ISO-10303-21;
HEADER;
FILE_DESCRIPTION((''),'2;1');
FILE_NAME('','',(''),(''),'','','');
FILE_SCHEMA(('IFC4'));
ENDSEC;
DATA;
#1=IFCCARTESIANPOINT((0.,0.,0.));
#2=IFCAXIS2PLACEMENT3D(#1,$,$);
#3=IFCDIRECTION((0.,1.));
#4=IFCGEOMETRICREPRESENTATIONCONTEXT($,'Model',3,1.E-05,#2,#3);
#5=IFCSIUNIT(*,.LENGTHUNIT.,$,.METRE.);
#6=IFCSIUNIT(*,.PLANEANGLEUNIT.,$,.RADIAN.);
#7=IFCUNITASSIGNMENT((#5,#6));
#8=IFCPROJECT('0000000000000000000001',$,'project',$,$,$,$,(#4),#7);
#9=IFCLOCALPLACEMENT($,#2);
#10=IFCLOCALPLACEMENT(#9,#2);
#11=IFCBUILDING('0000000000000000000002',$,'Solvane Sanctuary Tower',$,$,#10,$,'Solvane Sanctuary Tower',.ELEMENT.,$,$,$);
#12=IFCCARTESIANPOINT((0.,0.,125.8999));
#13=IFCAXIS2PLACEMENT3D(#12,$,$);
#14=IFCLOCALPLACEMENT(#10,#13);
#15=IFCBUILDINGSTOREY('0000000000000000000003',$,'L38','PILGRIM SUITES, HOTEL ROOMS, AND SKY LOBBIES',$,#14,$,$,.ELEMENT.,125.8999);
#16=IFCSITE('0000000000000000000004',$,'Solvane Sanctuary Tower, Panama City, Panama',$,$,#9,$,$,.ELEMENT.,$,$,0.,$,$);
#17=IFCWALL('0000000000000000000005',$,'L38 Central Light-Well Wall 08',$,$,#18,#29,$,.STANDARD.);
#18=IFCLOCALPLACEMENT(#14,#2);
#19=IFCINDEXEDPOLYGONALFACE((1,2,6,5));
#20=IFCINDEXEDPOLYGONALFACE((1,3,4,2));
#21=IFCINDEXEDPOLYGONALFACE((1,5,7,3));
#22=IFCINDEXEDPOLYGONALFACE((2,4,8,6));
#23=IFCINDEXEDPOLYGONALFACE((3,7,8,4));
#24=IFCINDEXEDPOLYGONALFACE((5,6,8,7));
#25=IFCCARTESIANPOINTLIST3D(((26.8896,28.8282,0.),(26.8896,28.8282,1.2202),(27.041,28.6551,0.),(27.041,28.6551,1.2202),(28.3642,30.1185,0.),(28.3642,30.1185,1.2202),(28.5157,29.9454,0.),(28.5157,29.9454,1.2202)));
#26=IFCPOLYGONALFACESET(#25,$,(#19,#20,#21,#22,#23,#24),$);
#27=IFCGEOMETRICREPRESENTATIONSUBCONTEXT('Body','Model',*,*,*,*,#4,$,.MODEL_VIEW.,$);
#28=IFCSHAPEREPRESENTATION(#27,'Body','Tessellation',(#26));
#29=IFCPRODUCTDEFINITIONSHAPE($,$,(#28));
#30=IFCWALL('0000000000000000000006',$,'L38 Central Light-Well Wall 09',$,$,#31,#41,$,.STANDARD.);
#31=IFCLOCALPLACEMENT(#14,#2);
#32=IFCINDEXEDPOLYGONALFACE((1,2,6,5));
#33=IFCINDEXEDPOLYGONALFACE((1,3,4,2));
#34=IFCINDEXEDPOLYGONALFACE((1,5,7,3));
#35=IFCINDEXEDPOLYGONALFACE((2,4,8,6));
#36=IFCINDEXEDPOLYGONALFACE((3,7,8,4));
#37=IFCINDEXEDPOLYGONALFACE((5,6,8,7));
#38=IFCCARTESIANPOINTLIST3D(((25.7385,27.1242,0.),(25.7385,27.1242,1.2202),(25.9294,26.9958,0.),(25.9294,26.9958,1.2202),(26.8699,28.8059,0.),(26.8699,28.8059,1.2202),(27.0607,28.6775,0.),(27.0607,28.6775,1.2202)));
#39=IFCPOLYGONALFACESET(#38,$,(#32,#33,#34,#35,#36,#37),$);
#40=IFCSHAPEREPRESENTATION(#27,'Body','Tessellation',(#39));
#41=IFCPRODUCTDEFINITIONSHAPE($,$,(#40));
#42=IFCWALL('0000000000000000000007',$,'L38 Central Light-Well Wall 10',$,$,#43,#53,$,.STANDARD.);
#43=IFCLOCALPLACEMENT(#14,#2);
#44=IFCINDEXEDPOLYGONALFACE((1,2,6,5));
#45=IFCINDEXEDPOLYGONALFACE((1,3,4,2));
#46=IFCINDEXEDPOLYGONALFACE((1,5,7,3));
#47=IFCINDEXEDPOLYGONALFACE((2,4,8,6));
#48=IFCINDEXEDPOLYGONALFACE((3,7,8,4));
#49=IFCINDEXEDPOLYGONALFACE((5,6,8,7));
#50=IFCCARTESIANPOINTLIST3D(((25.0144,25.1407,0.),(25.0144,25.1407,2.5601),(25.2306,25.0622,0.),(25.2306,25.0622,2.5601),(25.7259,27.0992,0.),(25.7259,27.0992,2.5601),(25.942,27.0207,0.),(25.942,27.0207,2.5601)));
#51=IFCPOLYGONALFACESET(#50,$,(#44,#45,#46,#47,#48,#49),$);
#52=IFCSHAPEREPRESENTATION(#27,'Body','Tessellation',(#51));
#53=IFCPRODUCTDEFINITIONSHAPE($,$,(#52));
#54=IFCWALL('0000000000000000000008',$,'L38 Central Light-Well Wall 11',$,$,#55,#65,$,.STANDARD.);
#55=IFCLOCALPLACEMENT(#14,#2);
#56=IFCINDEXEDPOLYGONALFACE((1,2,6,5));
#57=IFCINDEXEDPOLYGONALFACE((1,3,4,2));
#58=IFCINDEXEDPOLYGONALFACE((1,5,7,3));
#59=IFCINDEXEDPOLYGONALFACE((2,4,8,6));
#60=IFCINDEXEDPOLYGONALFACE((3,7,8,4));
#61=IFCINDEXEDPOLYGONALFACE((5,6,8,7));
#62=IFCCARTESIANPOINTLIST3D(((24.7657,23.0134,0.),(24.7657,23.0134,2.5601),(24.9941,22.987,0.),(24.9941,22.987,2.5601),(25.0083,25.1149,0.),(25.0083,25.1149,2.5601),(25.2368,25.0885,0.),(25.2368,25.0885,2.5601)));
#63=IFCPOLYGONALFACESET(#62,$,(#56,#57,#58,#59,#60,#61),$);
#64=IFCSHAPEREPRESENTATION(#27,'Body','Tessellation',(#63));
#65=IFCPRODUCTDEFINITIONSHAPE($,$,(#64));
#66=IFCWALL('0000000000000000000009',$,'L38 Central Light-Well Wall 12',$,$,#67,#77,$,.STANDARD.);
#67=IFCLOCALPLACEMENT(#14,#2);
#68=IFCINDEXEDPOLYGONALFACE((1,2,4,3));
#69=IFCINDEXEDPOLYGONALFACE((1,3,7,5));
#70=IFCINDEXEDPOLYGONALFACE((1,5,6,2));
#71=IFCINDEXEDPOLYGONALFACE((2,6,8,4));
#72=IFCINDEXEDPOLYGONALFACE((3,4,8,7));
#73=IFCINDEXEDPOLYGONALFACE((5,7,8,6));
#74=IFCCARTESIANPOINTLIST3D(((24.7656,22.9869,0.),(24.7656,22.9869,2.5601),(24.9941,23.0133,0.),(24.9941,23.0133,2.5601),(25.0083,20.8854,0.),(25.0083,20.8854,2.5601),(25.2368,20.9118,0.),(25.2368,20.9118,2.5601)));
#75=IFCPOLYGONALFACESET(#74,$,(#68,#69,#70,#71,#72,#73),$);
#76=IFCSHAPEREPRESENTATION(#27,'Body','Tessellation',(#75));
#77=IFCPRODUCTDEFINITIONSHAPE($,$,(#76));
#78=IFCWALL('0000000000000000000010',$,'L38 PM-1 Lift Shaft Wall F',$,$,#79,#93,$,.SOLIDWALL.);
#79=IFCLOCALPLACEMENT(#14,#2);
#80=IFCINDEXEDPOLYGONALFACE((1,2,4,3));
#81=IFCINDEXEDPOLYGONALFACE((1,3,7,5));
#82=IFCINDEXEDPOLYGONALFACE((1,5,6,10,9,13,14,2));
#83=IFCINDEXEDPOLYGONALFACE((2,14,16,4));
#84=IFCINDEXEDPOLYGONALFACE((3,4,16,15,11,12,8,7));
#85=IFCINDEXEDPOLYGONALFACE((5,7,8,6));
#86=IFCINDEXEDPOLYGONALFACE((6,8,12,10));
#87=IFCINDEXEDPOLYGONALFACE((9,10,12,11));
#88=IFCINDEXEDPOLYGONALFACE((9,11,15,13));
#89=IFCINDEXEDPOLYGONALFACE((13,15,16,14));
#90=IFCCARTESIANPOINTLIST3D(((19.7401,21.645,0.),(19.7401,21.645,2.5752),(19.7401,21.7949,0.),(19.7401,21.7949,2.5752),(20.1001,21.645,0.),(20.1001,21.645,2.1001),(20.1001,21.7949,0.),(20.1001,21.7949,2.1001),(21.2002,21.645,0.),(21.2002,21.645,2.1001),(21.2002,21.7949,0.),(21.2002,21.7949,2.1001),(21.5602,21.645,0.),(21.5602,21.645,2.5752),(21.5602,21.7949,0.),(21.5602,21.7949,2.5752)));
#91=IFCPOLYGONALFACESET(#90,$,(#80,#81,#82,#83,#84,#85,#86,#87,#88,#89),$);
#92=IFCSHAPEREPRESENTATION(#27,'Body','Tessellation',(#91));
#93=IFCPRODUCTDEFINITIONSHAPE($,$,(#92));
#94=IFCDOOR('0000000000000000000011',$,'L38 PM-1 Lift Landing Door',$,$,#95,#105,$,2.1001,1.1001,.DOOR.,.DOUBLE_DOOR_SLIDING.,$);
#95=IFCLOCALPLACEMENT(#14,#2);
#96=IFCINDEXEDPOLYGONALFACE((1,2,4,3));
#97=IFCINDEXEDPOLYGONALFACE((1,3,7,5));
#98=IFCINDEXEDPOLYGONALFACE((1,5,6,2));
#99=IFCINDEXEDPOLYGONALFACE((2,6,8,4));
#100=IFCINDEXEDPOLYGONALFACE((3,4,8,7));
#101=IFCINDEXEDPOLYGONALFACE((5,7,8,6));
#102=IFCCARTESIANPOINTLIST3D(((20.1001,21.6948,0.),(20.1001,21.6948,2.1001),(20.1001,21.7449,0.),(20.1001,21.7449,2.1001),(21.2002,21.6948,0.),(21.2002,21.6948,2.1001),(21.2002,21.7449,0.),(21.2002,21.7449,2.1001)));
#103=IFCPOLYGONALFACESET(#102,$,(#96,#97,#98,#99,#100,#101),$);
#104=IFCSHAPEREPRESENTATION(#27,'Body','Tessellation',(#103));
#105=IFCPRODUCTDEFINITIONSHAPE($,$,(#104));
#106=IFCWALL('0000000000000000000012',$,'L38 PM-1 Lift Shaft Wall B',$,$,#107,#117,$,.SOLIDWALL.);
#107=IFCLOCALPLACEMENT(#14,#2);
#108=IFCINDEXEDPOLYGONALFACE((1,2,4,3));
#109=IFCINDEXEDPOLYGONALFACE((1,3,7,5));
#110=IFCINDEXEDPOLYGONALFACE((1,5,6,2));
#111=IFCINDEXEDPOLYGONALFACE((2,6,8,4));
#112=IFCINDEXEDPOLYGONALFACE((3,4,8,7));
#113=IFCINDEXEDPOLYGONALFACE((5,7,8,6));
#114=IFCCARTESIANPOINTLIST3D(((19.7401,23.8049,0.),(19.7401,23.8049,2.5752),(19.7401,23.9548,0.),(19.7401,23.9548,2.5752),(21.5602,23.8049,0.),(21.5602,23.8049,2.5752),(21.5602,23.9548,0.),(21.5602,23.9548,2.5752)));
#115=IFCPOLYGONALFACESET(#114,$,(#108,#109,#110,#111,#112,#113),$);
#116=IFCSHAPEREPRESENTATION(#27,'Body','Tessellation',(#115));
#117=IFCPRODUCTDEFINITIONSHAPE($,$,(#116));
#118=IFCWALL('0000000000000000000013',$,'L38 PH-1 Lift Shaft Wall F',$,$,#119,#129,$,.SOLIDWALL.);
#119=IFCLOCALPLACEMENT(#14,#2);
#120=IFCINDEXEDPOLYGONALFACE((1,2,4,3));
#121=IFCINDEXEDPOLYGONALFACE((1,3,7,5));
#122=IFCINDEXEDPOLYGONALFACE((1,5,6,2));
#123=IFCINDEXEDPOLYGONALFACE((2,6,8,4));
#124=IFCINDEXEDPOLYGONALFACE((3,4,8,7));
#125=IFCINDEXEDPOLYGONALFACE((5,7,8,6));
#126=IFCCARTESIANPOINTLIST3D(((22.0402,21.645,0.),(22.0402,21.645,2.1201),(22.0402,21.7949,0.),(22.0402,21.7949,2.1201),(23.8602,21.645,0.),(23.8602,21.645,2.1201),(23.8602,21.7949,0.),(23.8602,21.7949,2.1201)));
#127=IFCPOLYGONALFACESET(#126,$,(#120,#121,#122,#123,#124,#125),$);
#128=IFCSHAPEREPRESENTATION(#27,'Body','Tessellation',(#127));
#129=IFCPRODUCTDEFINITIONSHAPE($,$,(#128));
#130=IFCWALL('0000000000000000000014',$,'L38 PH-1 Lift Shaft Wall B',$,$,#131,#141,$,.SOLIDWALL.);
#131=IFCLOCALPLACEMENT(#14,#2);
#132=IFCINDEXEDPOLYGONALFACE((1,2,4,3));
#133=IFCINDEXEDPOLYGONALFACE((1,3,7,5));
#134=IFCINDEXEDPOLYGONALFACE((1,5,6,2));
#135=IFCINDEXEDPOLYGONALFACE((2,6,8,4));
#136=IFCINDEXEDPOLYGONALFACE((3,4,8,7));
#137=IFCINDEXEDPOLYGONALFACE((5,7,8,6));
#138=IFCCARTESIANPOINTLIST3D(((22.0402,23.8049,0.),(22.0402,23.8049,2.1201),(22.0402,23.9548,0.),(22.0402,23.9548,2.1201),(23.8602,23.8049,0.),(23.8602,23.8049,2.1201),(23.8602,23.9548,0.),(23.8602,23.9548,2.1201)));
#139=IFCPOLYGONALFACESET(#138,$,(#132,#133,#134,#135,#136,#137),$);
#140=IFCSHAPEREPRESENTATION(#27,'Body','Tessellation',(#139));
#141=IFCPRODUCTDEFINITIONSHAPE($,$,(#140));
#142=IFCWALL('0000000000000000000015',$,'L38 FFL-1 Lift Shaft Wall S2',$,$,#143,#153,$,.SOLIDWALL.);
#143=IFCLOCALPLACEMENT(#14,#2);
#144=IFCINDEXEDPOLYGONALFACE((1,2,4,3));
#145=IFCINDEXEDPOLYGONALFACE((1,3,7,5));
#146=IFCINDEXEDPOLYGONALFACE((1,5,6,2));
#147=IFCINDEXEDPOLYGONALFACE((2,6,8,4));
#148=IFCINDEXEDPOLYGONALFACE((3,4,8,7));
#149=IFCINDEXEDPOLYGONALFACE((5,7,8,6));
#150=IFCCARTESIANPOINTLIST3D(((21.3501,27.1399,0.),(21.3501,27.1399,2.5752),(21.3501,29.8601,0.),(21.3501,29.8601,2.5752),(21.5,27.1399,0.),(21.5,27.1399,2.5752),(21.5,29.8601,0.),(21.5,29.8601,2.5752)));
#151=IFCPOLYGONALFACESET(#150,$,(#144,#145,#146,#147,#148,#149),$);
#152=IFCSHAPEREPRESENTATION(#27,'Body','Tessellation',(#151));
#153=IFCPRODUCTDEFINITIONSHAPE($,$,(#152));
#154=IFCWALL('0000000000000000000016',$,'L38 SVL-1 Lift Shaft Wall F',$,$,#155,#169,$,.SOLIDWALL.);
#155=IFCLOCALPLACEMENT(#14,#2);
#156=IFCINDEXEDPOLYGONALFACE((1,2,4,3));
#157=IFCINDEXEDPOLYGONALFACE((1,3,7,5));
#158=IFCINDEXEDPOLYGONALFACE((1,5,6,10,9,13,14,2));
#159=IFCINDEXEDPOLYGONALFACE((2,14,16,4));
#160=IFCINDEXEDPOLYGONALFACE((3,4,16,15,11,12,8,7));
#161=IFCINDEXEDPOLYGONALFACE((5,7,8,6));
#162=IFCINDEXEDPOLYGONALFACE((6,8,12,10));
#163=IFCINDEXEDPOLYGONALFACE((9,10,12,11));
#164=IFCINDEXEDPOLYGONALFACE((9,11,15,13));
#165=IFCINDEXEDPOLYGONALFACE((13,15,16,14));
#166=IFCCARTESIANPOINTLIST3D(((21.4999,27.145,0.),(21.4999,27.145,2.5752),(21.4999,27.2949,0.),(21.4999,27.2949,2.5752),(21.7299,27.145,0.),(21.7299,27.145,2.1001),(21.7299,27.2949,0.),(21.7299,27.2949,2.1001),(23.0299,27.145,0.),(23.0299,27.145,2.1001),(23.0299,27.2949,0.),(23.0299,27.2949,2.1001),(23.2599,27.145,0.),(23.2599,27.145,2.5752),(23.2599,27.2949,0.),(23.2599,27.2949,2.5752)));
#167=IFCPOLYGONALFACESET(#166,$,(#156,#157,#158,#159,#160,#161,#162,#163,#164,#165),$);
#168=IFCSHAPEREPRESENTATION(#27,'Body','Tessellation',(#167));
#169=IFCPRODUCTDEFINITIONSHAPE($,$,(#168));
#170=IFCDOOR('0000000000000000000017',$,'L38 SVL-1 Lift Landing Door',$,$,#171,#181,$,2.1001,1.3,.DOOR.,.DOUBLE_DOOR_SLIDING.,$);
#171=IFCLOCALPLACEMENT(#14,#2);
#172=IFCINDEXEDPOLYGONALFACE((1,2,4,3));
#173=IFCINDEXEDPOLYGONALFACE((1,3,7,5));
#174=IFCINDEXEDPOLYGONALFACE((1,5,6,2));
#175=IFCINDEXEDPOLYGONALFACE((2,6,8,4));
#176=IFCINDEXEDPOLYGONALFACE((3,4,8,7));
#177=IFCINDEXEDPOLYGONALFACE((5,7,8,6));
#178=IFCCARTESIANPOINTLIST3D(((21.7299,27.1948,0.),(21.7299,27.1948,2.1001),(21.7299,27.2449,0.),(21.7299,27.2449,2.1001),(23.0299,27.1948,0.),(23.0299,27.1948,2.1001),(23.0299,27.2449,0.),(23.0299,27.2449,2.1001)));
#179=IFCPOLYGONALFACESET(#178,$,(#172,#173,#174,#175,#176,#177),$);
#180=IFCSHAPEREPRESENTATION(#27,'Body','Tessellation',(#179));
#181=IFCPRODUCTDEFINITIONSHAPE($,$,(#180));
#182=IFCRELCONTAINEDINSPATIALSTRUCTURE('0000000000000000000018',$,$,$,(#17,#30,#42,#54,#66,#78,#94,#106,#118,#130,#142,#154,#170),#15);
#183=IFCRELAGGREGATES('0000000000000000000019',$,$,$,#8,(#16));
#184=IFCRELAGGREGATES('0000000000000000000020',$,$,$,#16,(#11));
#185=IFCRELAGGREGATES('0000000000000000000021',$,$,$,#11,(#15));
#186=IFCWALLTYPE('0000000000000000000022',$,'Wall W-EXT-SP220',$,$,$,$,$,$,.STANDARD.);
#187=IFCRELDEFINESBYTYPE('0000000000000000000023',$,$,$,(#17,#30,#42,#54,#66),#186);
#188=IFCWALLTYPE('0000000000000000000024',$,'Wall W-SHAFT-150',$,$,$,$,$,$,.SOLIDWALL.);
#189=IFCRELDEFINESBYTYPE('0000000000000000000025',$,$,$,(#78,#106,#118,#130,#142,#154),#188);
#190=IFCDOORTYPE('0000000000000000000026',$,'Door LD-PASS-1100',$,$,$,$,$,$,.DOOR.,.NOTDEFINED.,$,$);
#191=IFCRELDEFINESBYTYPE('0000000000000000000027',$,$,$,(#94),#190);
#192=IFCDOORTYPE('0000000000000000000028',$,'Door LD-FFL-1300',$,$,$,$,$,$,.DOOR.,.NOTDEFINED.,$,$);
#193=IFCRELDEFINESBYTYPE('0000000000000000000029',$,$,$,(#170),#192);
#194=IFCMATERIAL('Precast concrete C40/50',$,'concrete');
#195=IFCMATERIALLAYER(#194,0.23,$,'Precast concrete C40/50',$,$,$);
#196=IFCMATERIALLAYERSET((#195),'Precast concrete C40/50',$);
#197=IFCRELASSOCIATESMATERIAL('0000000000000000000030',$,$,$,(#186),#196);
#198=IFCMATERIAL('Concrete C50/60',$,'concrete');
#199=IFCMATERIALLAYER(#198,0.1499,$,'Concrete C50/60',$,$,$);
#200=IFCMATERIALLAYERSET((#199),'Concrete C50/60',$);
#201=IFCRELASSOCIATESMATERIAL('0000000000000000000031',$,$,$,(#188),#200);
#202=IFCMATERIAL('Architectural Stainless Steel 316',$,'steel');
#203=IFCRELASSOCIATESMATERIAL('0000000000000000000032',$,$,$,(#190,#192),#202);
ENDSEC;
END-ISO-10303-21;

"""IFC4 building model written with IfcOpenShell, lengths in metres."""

from ifc_helpers import new_model, si_unit, direction, frame, frame_2d, origin, place, context, subcontext, project, spatial, rectangle, extrude, material, layer, layer_set, type_object, element, fill, save


model = new_model("IFC4")

# Units and contexts
model_context = context("Model", 3, precision=1e-05, world=origin(), true_north=direction((0.0, 1.0)))
body_context = subcontext(model_context, "Body", "Model", "MODEL_VIEW")
ifc_project = project(units=[si_unit("LENGTHUNIT", "METRE"), si_unit("PLANEANGLEUNIT", "RADIAN")], contexts=[model_context])

# Site, building, storey
site_placement = place(None, origin())
site = spatial("IfcSite", under=ifc_project, at=site_placement, Name="Solvane Sanctuary Tower, Panama City, Panama", CompositionType="ELEMENT", RefElevation=0.0)
building_placement = place(site_placement, origin())
building = spatial("IfcBuilding", under=site, at=building_placement, Name="Solvane Sanctuary Tower", LongName="Solvane Sanctuary Tower", CompositionType="ELEMENT")
storey_placement = place(building_placement, frame((0.0, 0.0, 125.8999)))
storey = spatial("IfcBuildingStorey", under=building, at=storey_placement, Name="L38", Description="PILGRIM SUITES, HOTEL ROOMS, AND SKY LOBBIES", CompositionType="ELEMENT", Elevation=125.8999)

# Shared definitions
ifc_material_1 = material(Name="Architectural Stainless Steel 316", Category="steel")

# Walls
ifc_material_2 = material(Name="Precast concrete C40/50", Category="concrete")
ifc_layer_1 = layer(ifc_material_2, 0.23, Name="Precast concrete C40/50")
ifc_layer_set_1 = layer_set([ifc_layer_1], Name="Precast concrete C40/50")
wall_type_1 = type_object("IfcWallType", Name="Wall W-EXT-SP220", PredefinedType="STANDARD", material=ifc_layer_set_1)
wall_1_placement = place(storey_placement, frame((28.4399, 30.032, 0.0), z_axis=(0.0, 0.0, 1.0), x_axis=(-0.752577, -0.658505, 0.0)))
element("IfcWall", 1, at=wall_1_placement, inside=storey, type_object=wall_type_1, Name="L38 Central Light-Well Wall 08", PredefinedType="STANDARD", context=body_context, shape_type="SweptSolid", body=[
    extrude(rectangle(XDim=1.9595, YDim=0.23, at=frame_2d((0.9797, 0.0))), origin(), (0.0, 0.0, 1.0), 1.2202),
])
wall_2_placement = place(storey_placement, frame((26.9653, 28.7417, 0.0), z_axis=(0.0, 0.0, 1.0), x_axis=(-0.558198, -0.829708, 0.0)))
element("IfcWall", 2, at=wall_2_placement, inside=storey, type_object=wall_type_1, Name="L38 Central Light-Well Wall 09", PredefinedType="STANDARD", context=body_context, shape_type="SweptSolid", body=[
    extrude(rectangle(XDim=2.0269, YDim=0.23, at=frame_2d((1.0134, 0.0))), origin(), (0.0, 0.0, 1.0), 1.2202),
])
wall_3_placement = place(storey_placement, frame((25.834, 27.0601, 0.0), z_axis=(0.0, 0.0, 1.0), x_axis=(-0.341423, -0.93991, 0.0)))
element("IfcWall", 3, at=wall_3_placement, inside=storey, type_object=wall_type_1, Name="L38 Central Light-Well Wall 10", PredefinedType="STANDARD", context=body_context, shape_type="SweptSolid", body=[
    extrude(rectangle(XDim=2.0837, YDim=0.23, at=frame_2d((1.042, 0.0))), origin(), (0.0, 0.0, 1.0), 2.5601),
])
for number, where, z_axis, x_axis, name in (
    (4, (25.1226, 25.1016, 0.0), (0.0, 0.0, 1.0), (-0.114712, -0.993399, 0.0), "L38 Central Light-Well Wall 11"),
    (5, (24.8799, 23.0, 0.0), (0.0, 0.0, 1.0), (0.114712, -0.993399, 0.0), "L38 Central Light-Well Wall 12"),
):
    element("IfcWall", number, at=place(storey_placement, frame(where, z_axis=z_axis, x_axis=x_axis)), inside=storey, type_object=wall_type_1, Name=name, PredefinedType="STANDARD", context=body_context, shape_type="SweptSolid", body=[
        extrude(rectangle(XDim=2.1155, YDim=0.23, at=frame_2d((1.0576, 0.0))), origin(), (0.0, 0.0, 1.0), 2.5601),
    ])

# Wall, opening, door
ifc_material_3 = material(Name="Concrete C50/60", Category="concrete")
ifc_layer_2 = layer(ifc_material_3, 0.1499, Name="Concrete C50/60")
ifc_layer_set_2 = layer_set([ifc_layer_2], Name="Concrete C50/60")
wall_type_2 = type_object("IfcWallType", Name="Wall W-SHAFT-150", PredefinedType="SOLIDWALL", material=ifc_layer_set_2)
wall_4_placement = place(storey_placement, frame((19.74, 21.72, 0.0), z_axis=(0.0, 0.0, 1.0), x_axis=(1.0, 0.0, 0.0)))
wall_4 = element("IfcWall", 6, at=wall_4_placement, inside=storey, type_object=wall_type_2, Name="L38 PM-1 Lift Shaft Wall F", PredefinedType="SOLIDWALL", context=body_context, shape_type="SweptSolid", body=[
    extrude(rectangle(XDim=1.8201, YDim=0.1499, at=frame_2d((0.9102, 0.0))), origin(), (0.0, 0.0, 1.0), 2.5752),
])
opening_1_placement = place(wall_4_placement, frame((0.3601, 0.0, 0.0)))
opening_1 = element("IfcOpeningElement", 7, at=opening_1_placement, cuts=wall_4, PredefinedType="OPENING", context=body_context, shape_type="SweptSolid", body=[
    extrude(rectangle(XDim=1.1001, YDim=2.1001, at=frame_2d((0.55, 1.05))), frame((0.0, 0.085, 0.0), z_axis=(0.0, -1.0, 0.0), x_axis=(1.0, 0.0, 0.0)), (0.0, 0.0, 1.0), 0.1699),
])
door_type_1 = type_object("IfcDoorType", Name="Door LD-PASS-1100", OperationType="NOTDEFINED", PredefinedType="DOOR", material=ifc_material_1)
door_1_placement = place(opening_1_placement, origin())
door_1 = element("IfcDoor", 8, at=door_1_placement, inside=storey, type_object=door_type_1, Name="L38 PM-1 Lift Landing Door", OperationType="DOUBLE_DOOR_SLIDING", OverallHeight=2.1001, OverallWidth=1.1001, PredefinedType="DOOR", context=body_context, shape_type="SweptSolid", body=[
    extrude(rectangle(XDim=1.1001, YDim=2.1001, at=frame_2d((0.55, 1.05))), frame((0.0, 0.0249, 0.0), z_axis=(0.0, -1.0, 0.0), x_axis=(1.0, 0.0, 0.0)), (0.0, 0.0, 1.0), 0.05),
])
fill(opening_1, door_1)

# Walls
wall_5_placement = place(storey_placement, frame((19.74, 23.8799, 0.0), z_axis=(0.0, 0.0, 1.0), x_axis=(1.0, 0.0, 0.0)))
element("IfcWall", 9, at=wall_5_placement, inside=storey, type_object=wall_type_2, Name="L38 PM-1 Lift Shaft Wall B", PredefinedType="SOLIDWALL", context=body_context, shape_type="SweptSolid", body=[
    extrude(rectangle(XDim=1.8201, YDim=0.1499, at=frame_2d((0.9102, 0.0))), origin(), (0.0, 0.0, 1.0), 2.5752),
])
for number, where, z_axis, x_axis, name in (
    (10, (22.04, 21.72, 0.0), (0.0, 0.0, 1.0), (1.0, 0.0, 0.0), "L38 PH-1 Lift Shaft Wall F"),
    (11, (22.04, 23.8799, 0.0), (0.0, 0.0, 1.0), (1.0, 0.0, 0.0), "L38 PH-1 Lift Shaft Wall B"),
):
    element("IfcWall", number, at=place(storey_placement, frame(where, z_axis=z_axis, x_axis=x_axis)), inside=storey, type_object=wall_type_2, Name=name, PredefinedType="SOLIDWALL", context=body_context, shape_type="SweptSolid", body=[
        extrude(rectangle(XDim=1.8201, YDim=0.1499, at=frame_2d((0.9102, 0.0))), origin(), (0.0, 0.0, 1.0), 2.1201),
    ])
wall_6_placement = place(storey_placement, frame((21.425, 27.1399, 0.0), z_axis=(0.0, 0.0, 1.0), x_axis=(0.0, 1.0, 0.0)))
element("IfcWall", 12, at=wall_6_placement, inside=storey, type_object=wall_type_2, Name="L38 FFL-1 Lift Shaft Wall S2", PredefinedType="SOLIDWALL", context=body_context, shape_type="SweptSolid", body=[
    extrude(rectangle(XDim=2.7202, YDim=0.1499, at=frame_2d((1.3601, 0.0))), origin(), (0.0, 0.0, 1.0), 2.5752),
])

# Wall, opening, door
wall_7_placement = place(storey_placement, frame((21.5, 27.22, 0.0), z_axis=(0.0, 0.0, 1.0), x_axis=(1.0, 0.0, 0.0)))
wall_7 = element("IfcWall", 13, at=wall_7_placement, inside=storey, type_object=wall_type_2, Name="L38 SVL-1 Lift Shaft Wall F", PredefinedType="SOLIDWALL", context=body_context, shape_type="SweptSolid", body=[
    extrude(rectangle(XDim=1.76, YDim=0.1499, at=frame_2d((0.8799, 0.0))), origin(), (0.0, 0.0, 1.0), 2.5752),
])
opening_2_placement = place(wall_7_placement, frame((0.23, 0.0, 0.0)))
opening_2 = element("IfcOpeningElement", 14, at=opening_2_placement, cuts=wall_7, PredefinedType="OPENING", context=body_context, shape_type="SweptSolid", body=[
    extrude(rectangle(XDim=1.3, YDim=2.1001, at=frame_2d((0.6499, 1.05))), frame((0.0, 0.085, 0.0), z_axis=(0.0, -1.0, 0.0), x_axis=(1.0, 0.0, 0.0)), (0.0, 0.0, 1.0), 0.1699),
])
door_type_2 = type_object("IfcDoorType", Name="Door LD-FFL-1300", OperationType="NOTDEFINED", PredefinedType="DOOR", material=ifc_material_1)
door_2_placement = place(opening_2_placement, origin())
door_2 = element("IfcDoor", 15, at=door_2_placement, inside=storey, type_object=door_type_2, Name="L38 SVL-1 Lift Landing Door", OperationType="DOUBLE_DOOR_SLIDING", OverallHeight=2.1001, OverallWidth=1.3, PredefinedType="DOOR", context=body_context, shape_type="SweptSolid", body=[
    extrude(rectangle(XDim=1.3, YDim=2.1001, at=frame_2d((0.6499, 1.05))), frame((0.0, 0.0249, 0.0), z_axis=(0.0, -1.0, 0.0), x_axis=(1.0, 0.0, 0.0)), (0.0, 0.0, 1.0), 0.05),
])
fill(opening_2, door_2)

save(model, "model.ifc")
